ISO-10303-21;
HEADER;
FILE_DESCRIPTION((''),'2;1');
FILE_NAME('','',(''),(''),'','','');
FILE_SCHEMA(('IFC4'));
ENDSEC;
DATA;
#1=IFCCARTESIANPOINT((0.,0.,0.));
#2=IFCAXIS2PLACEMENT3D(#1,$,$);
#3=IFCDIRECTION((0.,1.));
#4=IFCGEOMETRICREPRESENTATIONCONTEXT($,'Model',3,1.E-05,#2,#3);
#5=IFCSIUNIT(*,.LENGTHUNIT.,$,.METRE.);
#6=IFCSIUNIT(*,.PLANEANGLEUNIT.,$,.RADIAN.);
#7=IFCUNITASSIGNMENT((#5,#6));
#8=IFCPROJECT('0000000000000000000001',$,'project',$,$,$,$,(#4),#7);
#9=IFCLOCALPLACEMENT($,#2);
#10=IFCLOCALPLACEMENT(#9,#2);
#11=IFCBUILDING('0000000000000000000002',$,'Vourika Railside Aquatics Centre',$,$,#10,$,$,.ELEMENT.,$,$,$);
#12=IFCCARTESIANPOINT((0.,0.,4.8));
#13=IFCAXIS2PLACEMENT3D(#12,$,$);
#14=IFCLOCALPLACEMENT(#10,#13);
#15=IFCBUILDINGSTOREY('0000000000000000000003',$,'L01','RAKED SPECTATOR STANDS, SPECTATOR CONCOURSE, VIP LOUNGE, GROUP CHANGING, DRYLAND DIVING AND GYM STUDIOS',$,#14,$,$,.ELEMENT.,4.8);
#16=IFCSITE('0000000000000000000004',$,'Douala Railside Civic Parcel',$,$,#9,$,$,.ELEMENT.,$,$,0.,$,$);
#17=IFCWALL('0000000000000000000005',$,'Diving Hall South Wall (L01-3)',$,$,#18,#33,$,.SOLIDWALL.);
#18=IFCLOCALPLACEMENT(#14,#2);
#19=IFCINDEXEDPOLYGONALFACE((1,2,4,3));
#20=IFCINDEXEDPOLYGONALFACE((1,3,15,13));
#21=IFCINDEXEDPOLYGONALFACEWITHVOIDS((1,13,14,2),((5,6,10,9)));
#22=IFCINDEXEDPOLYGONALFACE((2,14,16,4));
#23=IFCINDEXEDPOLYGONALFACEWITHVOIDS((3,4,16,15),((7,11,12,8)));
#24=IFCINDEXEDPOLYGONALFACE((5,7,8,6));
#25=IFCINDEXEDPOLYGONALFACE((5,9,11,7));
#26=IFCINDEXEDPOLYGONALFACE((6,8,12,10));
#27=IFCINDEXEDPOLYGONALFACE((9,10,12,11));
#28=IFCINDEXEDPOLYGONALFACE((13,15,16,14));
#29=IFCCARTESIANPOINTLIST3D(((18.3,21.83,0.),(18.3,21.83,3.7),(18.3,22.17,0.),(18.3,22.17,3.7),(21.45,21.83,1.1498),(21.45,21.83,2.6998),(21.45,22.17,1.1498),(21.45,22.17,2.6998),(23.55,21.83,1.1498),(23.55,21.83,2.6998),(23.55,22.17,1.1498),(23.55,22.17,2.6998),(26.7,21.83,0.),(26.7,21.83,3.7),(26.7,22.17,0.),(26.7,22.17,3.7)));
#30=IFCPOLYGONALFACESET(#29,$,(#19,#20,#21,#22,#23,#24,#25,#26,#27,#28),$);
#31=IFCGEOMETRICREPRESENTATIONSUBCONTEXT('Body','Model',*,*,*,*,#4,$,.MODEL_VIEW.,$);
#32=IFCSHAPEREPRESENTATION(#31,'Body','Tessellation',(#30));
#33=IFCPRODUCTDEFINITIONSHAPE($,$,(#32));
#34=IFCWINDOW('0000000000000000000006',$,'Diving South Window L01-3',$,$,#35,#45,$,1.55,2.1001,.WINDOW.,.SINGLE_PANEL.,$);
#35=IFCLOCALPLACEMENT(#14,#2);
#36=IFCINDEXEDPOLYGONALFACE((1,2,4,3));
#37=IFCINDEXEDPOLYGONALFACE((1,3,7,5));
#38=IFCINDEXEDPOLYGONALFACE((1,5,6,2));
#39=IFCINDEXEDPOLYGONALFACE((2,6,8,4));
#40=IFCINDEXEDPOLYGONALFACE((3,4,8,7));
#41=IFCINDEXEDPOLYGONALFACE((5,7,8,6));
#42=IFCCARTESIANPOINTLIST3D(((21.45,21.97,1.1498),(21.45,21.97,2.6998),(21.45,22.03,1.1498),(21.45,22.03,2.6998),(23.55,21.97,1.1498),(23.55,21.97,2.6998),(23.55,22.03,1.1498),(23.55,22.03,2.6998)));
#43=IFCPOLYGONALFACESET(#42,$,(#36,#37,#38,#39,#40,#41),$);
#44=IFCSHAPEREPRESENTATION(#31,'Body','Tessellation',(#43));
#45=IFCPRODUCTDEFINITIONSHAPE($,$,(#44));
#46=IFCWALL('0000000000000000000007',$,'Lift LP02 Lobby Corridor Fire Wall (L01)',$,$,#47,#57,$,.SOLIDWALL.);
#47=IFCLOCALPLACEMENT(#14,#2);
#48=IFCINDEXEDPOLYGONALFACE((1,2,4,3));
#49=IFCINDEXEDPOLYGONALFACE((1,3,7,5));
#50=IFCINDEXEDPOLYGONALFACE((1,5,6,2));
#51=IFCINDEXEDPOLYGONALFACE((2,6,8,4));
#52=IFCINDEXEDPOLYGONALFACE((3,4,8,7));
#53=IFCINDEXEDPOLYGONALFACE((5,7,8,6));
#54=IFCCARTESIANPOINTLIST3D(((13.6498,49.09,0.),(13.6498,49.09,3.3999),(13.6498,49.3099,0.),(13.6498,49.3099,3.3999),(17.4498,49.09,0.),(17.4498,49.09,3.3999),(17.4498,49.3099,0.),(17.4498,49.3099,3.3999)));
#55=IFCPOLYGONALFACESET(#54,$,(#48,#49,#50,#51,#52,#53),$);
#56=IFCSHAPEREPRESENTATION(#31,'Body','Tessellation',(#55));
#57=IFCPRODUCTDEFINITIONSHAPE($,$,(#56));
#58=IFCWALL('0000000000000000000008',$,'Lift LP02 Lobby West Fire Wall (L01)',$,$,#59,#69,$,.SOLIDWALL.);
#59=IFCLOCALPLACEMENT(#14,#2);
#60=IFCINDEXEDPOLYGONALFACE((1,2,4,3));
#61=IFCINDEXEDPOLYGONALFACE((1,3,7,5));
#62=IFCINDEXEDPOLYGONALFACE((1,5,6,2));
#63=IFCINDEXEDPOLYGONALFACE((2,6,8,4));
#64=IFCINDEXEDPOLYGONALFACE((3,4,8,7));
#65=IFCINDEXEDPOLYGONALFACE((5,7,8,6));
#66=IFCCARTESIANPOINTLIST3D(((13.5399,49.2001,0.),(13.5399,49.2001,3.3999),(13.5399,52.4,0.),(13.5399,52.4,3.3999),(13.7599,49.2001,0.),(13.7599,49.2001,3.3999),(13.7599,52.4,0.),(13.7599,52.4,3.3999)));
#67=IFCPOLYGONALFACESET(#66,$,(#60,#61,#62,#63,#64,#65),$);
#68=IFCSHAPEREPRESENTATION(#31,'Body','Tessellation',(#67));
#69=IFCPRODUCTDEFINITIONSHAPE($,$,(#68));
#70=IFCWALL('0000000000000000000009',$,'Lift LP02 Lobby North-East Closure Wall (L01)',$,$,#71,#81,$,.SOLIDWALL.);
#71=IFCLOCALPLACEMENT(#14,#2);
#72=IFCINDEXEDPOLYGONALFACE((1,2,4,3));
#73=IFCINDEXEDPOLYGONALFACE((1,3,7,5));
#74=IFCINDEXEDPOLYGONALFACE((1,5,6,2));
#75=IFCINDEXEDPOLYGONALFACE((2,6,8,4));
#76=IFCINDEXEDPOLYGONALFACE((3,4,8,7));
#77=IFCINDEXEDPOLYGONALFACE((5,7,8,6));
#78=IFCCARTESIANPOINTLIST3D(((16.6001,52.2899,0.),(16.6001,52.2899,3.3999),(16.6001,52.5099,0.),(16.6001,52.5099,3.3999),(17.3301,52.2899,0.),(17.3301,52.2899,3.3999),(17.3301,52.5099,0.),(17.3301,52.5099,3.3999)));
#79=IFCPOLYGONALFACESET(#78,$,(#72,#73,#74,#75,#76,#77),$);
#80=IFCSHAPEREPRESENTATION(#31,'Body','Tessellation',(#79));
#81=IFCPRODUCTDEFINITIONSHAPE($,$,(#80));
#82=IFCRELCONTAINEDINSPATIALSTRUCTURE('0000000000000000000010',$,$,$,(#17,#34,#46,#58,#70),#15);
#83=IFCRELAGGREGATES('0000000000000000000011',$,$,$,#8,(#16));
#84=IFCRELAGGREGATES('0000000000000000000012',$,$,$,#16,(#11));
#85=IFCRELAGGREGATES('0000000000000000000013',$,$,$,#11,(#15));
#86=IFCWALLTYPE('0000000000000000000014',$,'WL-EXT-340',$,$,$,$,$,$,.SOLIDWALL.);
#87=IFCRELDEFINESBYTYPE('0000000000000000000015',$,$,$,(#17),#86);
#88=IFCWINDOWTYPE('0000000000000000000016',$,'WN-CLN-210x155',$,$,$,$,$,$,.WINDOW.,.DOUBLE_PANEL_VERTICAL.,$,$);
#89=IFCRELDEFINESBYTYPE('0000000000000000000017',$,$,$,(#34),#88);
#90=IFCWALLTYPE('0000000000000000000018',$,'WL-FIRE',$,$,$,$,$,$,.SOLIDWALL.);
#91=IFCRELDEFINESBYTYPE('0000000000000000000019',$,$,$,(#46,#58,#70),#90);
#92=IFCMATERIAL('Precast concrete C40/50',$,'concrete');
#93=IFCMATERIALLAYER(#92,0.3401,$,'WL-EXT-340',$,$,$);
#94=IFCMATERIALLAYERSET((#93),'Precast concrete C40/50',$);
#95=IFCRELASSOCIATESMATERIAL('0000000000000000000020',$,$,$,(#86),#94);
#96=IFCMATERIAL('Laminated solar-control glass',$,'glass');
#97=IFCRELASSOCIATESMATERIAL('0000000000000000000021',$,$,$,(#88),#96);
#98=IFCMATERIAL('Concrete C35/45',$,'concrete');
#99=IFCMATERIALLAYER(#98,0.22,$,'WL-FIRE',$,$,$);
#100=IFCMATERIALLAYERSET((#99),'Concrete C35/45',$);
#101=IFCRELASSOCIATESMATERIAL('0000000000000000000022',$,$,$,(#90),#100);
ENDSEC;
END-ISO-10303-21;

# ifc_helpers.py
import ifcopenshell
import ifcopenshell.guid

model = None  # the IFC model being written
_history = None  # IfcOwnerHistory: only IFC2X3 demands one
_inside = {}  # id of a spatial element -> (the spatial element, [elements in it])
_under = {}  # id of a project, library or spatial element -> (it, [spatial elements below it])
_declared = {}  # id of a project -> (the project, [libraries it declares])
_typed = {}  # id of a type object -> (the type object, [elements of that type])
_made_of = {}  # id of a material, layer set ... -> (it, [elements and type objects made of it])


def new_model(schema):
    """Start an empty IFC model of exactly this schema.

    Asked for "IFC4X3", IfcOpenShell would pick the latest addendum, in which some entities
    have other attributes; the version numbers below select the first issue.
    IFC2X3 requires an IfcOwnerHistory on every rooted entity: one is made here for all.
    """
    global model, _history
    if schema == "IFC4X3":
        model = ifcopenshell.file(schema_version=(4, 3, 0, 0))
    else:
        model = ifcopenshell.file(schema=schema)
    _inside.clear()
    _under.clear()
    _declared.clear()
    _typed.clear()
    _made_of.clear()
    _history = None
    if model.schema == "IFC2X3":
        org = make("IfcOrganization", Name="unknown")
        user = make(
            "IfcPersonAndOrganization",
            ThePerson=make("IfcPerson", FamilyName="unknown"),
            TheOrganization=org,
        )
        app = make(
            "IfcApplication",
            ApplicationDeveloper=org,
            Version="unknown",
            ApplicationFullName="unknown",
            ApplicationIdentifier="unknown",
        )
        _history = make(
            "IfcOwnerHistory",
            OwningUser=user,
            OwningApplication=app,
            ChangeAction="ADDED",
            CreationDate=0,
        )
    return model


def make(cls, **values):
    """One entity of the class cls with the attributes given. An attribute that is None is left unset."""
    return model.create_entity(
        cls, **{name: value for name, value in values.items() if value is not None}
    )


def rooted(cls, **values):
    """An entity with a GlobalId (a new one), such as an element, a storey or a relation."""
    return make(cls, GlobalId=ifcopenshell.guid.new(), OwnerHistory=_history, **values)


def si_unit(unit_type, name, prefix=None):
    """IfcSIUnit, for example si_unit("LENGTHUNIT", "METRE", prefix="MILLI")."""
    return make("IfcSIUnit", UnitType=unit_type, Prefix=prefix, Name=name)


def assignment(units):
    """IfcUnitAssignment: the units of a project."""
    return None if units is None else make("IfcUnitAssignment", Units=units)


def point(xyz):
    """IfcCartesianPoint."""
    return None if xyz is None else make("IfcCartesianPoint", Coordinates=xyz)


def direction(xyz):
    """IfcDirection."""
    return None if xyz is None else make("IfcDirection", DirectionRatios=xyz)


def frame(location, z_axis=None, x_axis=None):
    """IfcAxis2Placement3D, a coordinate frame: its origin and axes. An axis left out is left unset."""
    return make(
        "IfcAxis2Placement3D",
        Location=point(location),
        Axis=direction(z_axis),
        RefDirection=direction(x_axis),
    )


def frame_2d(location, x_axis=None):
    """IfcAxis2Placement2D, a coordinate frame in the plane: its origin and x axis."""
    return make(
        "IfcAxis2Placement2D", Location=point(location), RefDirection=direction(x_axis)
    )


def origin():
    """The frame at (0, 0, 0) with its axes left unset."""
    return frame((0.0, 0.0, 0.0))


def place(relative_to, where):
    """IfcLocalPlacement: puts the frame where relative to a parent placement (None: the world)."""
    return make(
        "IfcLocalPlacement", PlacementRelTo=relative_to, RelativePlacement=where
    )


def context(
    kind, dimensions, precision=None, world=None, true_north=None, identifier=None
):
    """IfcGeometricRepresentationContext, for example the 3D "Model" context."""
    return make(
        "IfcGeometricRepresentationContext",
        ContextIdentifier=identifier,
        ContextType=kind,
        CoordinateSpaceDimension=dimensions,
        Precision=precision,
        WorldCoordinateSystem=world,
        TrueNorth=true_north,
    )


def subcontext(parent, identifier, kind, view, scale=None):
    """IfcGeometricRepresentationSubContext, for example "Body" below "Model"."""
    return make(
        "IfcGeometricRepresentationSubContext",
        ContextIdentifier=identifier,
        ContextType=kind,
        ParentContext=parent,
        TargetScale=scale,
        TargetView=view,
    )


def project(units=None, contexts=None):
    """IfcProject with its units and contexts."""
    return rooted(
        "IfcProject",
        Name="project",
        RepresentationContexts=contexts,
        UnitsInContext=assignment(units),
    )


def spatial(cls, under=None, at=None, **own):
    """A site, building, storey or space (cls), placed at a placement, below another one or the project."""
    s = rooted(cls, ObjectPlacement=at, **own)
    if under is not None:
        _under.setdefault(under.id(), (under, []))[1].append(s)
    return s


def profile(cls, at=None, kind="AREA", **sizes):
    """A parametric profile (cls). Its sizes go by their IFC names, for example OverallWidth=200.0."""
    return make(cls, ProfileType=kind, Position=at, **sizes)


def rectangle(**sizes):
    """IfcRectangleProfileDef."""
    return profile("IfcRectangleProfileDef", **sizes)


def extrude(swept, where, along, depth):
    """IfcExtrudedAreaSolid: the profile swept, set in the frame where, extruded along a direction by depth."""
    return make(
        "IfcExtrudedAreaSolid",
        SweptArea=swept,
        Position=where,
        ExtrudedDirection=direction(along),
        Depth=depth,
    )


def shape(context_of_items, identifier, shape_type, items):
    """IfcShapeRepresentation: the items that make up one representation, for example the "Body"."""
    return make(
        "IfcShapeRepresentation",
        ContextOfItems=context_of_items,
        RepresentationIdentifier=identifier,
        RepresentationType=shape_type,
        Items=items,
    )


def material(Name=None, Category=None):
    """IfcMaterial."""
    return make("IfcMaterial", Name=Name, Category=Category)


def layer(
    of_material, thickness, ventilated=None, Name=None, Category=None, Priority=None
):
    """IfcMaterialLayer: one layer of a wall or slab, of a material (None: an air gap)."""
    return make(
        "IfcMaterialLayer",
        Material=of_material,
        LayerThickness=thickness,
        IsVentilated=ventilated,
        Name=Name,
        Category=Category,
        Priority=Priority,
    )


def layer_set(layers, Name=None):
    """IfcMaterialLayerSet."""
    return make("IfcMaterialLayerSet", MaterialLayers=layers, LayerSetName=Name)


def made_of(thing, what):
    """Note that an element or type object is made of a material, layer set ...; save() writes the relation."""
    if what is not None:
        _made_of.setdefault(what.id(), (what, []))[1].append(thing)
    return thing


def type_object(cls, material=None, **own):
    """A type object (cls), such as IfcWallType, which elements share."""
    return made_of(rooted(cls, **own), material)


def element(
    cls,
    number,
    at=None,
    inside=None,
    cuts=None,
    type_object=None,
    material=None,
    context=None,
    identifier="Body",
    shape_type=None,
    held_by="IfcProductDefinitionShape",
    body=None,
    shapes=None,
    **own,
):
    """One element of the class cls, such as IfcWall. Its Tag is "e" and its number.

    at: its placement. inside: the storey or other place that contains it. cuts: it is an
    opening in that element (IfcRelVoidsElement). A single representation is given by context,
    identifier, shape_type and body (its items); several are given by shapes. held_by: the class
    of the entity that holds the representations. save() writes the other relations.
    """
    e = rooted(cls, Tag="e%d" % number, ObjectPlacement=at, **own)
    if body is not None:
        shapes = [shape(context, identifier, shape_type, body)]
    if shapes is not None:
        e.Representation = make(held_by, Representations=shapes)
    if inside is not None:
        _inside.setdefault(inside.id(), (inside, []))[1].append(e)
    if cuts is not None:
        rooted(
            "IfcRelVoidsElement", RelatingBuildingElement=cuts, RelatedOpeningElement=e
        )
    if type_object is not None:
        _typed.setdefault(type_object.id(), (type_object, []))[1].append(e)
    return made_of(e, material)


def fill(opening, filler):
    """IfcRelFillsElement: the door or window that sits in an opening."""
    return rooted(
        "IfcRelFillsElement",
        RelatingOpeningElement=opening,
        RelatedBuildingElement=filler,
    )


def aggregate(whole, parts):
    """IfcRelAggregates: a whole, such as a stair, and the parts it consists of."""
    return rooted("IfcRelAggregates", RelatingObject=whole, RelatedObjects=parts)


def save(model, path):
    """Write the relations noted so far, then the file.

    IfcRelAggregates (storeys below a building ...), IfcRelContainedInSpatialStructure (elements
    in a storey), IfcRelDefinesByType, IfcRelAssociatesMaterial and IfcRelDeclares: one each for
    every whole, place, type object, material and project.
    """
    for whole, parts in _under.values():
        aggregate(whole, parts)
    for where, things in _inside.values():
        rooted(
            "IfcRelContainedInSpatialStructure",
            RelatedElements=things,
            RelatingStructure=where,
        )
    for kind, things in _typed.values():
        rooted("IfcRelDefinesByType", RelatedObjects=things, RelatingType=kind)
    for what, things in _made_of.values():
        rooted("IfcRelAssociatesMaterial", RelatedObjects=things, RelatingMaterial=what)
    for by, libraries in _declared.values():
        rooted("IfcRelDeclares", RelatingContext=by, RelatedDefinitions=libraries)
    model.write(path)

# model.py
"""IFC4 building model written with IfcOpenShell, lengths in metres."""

from ifc_helpers import new_model, si_unit, direction, frame, frame_2d, origin, place, context, subcontext, project, spatial, rectangle, extrude, material, layer, layer_set, type_object, element, fill, save


model = new_model("IFC4")

# Units and contexts
model_context = context("Model", 3, precision=1e-05, world=origin(), true_north=direction((0.0, 1.0)))
body_context = subcontext(model_context, "Body", "Model", "MODEL_VIEW")
ifc_project = project(units=[si_unit("LENGTHUNIT", "METRE"), si_unit("PLANEANGLEUNIT", "RADIAN")], contexts=[model_context])

# Site, building, storey
site_placement = place(None, origin())
site = spatial("IfcSite", under=ifc_project, at=site_placement, Name="Douala Railside Civic Parcel", CompositionType="ELEMENT", RefElevation=0.0)
building_placement = place(site_placement, origin())
building = spatial("IfcBuilding", under=site, at=building_placement, Name="Vourika Railside Aquatics Centre", CompositionType="ELEMENT")
storey_placement = place(building_placement, frame((0.0, 0.0, 4.8)))
storey = spatial("IfcBuildingStorey", under=building, at=storey_placement, Name="L01", Description="RAKED SPECTATOR STANDS, SPECTATOR CONCOURSE, VIP LOUNGE, GROUP CHANGING, DRYLAND DIVING AND GYM STUDIOS", CompositionType="ELEMENT", Elevation=4.8)

# Shared definitions
ifc_material_1 = material(Name="Concrete C35/45", Category="concrete")

# Wall, opening, window
ifc_material_2 = material(Name="Precast concrete C40/50", Category="concrete")
ifc_layer_1 = layer(ifc_material_2, 0.3401, Name="WL-EXT-340")
ifc_layer_set_1 = layer_set([ifc_layer_1], Name="Precast concrete C40/50")
wall_type_1 = type_object("IfcWallType", Name="WL-EXT-340", PredefinedType="SOLIDWALL", material=ifc_layer_set_1)
ifc_material_3 = material(Name="Laminated solar-control glass", Category="glass")
window_type = type_object("IfcWindowType", Name="WN-CLN-210x155", PartitioningType="DOUBLE_PANEL_VERTICAL", PredefinedType="WINDOW", material=ifc_material_3)
wall_1_placement = place(storey_placement, frame((18.3, 22.0, 0.0), z_axis=(0.0, 0.0, 1.0), x_axis=(1.0, 0.0, 0.0)))
wall_1 = element("IfcWall", 1, at=wall_1_placement, inside=storey, type_object=wall_type_1, Name="Diving Hall South Wall (L01-3)", PredefinedType="SOLIDWALL", context=body_context, shape_type="SweptSolid", body=[
    extrude(rectangle(XDim=8.3999, YDim=0.3401, at=frame_2d((4.2, 0.0))), origin(), (0.0, 0.0, 1.0), 3.7),
])
opening_1_placement = place(wall_1_placement, frame((3.1499, 0.0, 1.1499)))
opening_1 = element("IfcOpeningElement", 2, at=opening_1_placement, cuts=wall_1, PredefinedType="OPENING", context=body_context, shape_type="SweptSolid", body=[
    extrude(rectangle(XDim=2.1001, YDim=1.55, at=frame_2d((1.05, 0.7749))), frame((0.0, 0.1802, 0.0), z_axis=(0.0, -1.0, 0.0), x_axis=(1.0, 0.0, 0.0)), (0.0, 0.0, 1.0), 0.3601),
])
window_1_placement = place(opening_1_placement, origin())
window_1 = element("IfcWindow", 3, at=window_1_placement, inside=storey, type_object=window_type, Name="Diving South Window L01-3", OverallHeight=1.55, OverallWidth=2.1001, PartitioningType="SINGLE_PANEL", PredefinedType="WINDOW", context=body_context, shape_type="SweptSolid", body=[
    extrude(rectangle(XDim=2.1001, YDim=1.55, at=frame_2d((1.05, 0.7749))), frame((0.0, 0.03, 0.0), z_axis=(0.0, -1.0, 0.0), x_axis=(1.0, 0.0, 0.0)), (0.0, 0.0, 1.0), 0.0601),
])
fill(opening_1, window_1)

# Walls
ifc_layer_2 = layer(ifc_material_1, 0.22, Name="WL-FIRE")
ifc_layer_set_2 = layer_set([ifc_layer_2], Name="Concrete C35/45")
wall_type_2 = type_object("IfcWallType", Name="WL-FIRE", PredefinedType="SOLIDWALL", material=ifc_layer_set_2)
wall_2_placement = place(storey_placement, frame((13.6499, 49.2, 0.0), z_axis=(0.0, 0.0, 1.0), x_axis=(1.0, 0.0, 0.0)))
element("IfcWall", 4, at=wall_2_placement, inside=storey, type_object=wall_type_2, Name="Lift LP02 Lobby Corridor Fire Wall (L01)", PredefinedType="SOLIDWALL", context=body_context, shape_type="SweptSolid", body=[
    extrude(rectangle(XDim=3.8, YDim=0.22, at=frame_2d((1.8999, 0.0))), origin(), (0.0, 0.0, 1.0), 3.3999),
])
wall_3_placement = place(storey_placement, frame((13.6499, 49.2, 0.0), z_axis=(0.0, 0.0, 1.0), x_axis=(0.0, 1.0, 0.0)))
element("IfcWall", 5, at=wall_3_placement, inside=storey, type_object=wall_type_2, Name="Lift LP02 Lobby West Fire Wall (L01)", PredefinedType="SOLIDWALL", context=body_context, shape_type="SweptSolid", body=[
    extrude(rectangle(XDim=3.2, YDim=0.22, at=frame_2d((1.6001, 0.0))), origin(), (0.0, 0.0, 1.0), 3.3999),
])

# Wall
wall_4_placement = place(storey_placement, frame((16.6001, 52.3999, 0.0), z_axis=(0.0, 0.0, 1.0), x_axis=(1.0, 0.0, 0.0)))
element("IfcWall", 6, at=wall_4_placement, inside=storey, type_object=wall_type_2, Name="Lift LP02 Lobby North-East Closure Wall (L01)", PredefinedType="SOLIDWALL", context=body_context, shape_type="SweptSolid", body=[
    extrude(rectangle(XDim=0.73, YDim=0.22, at=frame_2d((0.365, 0.0))), origin(), (0.0, 0.0, 1.0), 3.3999),
])

save(model, "model.ifc")
